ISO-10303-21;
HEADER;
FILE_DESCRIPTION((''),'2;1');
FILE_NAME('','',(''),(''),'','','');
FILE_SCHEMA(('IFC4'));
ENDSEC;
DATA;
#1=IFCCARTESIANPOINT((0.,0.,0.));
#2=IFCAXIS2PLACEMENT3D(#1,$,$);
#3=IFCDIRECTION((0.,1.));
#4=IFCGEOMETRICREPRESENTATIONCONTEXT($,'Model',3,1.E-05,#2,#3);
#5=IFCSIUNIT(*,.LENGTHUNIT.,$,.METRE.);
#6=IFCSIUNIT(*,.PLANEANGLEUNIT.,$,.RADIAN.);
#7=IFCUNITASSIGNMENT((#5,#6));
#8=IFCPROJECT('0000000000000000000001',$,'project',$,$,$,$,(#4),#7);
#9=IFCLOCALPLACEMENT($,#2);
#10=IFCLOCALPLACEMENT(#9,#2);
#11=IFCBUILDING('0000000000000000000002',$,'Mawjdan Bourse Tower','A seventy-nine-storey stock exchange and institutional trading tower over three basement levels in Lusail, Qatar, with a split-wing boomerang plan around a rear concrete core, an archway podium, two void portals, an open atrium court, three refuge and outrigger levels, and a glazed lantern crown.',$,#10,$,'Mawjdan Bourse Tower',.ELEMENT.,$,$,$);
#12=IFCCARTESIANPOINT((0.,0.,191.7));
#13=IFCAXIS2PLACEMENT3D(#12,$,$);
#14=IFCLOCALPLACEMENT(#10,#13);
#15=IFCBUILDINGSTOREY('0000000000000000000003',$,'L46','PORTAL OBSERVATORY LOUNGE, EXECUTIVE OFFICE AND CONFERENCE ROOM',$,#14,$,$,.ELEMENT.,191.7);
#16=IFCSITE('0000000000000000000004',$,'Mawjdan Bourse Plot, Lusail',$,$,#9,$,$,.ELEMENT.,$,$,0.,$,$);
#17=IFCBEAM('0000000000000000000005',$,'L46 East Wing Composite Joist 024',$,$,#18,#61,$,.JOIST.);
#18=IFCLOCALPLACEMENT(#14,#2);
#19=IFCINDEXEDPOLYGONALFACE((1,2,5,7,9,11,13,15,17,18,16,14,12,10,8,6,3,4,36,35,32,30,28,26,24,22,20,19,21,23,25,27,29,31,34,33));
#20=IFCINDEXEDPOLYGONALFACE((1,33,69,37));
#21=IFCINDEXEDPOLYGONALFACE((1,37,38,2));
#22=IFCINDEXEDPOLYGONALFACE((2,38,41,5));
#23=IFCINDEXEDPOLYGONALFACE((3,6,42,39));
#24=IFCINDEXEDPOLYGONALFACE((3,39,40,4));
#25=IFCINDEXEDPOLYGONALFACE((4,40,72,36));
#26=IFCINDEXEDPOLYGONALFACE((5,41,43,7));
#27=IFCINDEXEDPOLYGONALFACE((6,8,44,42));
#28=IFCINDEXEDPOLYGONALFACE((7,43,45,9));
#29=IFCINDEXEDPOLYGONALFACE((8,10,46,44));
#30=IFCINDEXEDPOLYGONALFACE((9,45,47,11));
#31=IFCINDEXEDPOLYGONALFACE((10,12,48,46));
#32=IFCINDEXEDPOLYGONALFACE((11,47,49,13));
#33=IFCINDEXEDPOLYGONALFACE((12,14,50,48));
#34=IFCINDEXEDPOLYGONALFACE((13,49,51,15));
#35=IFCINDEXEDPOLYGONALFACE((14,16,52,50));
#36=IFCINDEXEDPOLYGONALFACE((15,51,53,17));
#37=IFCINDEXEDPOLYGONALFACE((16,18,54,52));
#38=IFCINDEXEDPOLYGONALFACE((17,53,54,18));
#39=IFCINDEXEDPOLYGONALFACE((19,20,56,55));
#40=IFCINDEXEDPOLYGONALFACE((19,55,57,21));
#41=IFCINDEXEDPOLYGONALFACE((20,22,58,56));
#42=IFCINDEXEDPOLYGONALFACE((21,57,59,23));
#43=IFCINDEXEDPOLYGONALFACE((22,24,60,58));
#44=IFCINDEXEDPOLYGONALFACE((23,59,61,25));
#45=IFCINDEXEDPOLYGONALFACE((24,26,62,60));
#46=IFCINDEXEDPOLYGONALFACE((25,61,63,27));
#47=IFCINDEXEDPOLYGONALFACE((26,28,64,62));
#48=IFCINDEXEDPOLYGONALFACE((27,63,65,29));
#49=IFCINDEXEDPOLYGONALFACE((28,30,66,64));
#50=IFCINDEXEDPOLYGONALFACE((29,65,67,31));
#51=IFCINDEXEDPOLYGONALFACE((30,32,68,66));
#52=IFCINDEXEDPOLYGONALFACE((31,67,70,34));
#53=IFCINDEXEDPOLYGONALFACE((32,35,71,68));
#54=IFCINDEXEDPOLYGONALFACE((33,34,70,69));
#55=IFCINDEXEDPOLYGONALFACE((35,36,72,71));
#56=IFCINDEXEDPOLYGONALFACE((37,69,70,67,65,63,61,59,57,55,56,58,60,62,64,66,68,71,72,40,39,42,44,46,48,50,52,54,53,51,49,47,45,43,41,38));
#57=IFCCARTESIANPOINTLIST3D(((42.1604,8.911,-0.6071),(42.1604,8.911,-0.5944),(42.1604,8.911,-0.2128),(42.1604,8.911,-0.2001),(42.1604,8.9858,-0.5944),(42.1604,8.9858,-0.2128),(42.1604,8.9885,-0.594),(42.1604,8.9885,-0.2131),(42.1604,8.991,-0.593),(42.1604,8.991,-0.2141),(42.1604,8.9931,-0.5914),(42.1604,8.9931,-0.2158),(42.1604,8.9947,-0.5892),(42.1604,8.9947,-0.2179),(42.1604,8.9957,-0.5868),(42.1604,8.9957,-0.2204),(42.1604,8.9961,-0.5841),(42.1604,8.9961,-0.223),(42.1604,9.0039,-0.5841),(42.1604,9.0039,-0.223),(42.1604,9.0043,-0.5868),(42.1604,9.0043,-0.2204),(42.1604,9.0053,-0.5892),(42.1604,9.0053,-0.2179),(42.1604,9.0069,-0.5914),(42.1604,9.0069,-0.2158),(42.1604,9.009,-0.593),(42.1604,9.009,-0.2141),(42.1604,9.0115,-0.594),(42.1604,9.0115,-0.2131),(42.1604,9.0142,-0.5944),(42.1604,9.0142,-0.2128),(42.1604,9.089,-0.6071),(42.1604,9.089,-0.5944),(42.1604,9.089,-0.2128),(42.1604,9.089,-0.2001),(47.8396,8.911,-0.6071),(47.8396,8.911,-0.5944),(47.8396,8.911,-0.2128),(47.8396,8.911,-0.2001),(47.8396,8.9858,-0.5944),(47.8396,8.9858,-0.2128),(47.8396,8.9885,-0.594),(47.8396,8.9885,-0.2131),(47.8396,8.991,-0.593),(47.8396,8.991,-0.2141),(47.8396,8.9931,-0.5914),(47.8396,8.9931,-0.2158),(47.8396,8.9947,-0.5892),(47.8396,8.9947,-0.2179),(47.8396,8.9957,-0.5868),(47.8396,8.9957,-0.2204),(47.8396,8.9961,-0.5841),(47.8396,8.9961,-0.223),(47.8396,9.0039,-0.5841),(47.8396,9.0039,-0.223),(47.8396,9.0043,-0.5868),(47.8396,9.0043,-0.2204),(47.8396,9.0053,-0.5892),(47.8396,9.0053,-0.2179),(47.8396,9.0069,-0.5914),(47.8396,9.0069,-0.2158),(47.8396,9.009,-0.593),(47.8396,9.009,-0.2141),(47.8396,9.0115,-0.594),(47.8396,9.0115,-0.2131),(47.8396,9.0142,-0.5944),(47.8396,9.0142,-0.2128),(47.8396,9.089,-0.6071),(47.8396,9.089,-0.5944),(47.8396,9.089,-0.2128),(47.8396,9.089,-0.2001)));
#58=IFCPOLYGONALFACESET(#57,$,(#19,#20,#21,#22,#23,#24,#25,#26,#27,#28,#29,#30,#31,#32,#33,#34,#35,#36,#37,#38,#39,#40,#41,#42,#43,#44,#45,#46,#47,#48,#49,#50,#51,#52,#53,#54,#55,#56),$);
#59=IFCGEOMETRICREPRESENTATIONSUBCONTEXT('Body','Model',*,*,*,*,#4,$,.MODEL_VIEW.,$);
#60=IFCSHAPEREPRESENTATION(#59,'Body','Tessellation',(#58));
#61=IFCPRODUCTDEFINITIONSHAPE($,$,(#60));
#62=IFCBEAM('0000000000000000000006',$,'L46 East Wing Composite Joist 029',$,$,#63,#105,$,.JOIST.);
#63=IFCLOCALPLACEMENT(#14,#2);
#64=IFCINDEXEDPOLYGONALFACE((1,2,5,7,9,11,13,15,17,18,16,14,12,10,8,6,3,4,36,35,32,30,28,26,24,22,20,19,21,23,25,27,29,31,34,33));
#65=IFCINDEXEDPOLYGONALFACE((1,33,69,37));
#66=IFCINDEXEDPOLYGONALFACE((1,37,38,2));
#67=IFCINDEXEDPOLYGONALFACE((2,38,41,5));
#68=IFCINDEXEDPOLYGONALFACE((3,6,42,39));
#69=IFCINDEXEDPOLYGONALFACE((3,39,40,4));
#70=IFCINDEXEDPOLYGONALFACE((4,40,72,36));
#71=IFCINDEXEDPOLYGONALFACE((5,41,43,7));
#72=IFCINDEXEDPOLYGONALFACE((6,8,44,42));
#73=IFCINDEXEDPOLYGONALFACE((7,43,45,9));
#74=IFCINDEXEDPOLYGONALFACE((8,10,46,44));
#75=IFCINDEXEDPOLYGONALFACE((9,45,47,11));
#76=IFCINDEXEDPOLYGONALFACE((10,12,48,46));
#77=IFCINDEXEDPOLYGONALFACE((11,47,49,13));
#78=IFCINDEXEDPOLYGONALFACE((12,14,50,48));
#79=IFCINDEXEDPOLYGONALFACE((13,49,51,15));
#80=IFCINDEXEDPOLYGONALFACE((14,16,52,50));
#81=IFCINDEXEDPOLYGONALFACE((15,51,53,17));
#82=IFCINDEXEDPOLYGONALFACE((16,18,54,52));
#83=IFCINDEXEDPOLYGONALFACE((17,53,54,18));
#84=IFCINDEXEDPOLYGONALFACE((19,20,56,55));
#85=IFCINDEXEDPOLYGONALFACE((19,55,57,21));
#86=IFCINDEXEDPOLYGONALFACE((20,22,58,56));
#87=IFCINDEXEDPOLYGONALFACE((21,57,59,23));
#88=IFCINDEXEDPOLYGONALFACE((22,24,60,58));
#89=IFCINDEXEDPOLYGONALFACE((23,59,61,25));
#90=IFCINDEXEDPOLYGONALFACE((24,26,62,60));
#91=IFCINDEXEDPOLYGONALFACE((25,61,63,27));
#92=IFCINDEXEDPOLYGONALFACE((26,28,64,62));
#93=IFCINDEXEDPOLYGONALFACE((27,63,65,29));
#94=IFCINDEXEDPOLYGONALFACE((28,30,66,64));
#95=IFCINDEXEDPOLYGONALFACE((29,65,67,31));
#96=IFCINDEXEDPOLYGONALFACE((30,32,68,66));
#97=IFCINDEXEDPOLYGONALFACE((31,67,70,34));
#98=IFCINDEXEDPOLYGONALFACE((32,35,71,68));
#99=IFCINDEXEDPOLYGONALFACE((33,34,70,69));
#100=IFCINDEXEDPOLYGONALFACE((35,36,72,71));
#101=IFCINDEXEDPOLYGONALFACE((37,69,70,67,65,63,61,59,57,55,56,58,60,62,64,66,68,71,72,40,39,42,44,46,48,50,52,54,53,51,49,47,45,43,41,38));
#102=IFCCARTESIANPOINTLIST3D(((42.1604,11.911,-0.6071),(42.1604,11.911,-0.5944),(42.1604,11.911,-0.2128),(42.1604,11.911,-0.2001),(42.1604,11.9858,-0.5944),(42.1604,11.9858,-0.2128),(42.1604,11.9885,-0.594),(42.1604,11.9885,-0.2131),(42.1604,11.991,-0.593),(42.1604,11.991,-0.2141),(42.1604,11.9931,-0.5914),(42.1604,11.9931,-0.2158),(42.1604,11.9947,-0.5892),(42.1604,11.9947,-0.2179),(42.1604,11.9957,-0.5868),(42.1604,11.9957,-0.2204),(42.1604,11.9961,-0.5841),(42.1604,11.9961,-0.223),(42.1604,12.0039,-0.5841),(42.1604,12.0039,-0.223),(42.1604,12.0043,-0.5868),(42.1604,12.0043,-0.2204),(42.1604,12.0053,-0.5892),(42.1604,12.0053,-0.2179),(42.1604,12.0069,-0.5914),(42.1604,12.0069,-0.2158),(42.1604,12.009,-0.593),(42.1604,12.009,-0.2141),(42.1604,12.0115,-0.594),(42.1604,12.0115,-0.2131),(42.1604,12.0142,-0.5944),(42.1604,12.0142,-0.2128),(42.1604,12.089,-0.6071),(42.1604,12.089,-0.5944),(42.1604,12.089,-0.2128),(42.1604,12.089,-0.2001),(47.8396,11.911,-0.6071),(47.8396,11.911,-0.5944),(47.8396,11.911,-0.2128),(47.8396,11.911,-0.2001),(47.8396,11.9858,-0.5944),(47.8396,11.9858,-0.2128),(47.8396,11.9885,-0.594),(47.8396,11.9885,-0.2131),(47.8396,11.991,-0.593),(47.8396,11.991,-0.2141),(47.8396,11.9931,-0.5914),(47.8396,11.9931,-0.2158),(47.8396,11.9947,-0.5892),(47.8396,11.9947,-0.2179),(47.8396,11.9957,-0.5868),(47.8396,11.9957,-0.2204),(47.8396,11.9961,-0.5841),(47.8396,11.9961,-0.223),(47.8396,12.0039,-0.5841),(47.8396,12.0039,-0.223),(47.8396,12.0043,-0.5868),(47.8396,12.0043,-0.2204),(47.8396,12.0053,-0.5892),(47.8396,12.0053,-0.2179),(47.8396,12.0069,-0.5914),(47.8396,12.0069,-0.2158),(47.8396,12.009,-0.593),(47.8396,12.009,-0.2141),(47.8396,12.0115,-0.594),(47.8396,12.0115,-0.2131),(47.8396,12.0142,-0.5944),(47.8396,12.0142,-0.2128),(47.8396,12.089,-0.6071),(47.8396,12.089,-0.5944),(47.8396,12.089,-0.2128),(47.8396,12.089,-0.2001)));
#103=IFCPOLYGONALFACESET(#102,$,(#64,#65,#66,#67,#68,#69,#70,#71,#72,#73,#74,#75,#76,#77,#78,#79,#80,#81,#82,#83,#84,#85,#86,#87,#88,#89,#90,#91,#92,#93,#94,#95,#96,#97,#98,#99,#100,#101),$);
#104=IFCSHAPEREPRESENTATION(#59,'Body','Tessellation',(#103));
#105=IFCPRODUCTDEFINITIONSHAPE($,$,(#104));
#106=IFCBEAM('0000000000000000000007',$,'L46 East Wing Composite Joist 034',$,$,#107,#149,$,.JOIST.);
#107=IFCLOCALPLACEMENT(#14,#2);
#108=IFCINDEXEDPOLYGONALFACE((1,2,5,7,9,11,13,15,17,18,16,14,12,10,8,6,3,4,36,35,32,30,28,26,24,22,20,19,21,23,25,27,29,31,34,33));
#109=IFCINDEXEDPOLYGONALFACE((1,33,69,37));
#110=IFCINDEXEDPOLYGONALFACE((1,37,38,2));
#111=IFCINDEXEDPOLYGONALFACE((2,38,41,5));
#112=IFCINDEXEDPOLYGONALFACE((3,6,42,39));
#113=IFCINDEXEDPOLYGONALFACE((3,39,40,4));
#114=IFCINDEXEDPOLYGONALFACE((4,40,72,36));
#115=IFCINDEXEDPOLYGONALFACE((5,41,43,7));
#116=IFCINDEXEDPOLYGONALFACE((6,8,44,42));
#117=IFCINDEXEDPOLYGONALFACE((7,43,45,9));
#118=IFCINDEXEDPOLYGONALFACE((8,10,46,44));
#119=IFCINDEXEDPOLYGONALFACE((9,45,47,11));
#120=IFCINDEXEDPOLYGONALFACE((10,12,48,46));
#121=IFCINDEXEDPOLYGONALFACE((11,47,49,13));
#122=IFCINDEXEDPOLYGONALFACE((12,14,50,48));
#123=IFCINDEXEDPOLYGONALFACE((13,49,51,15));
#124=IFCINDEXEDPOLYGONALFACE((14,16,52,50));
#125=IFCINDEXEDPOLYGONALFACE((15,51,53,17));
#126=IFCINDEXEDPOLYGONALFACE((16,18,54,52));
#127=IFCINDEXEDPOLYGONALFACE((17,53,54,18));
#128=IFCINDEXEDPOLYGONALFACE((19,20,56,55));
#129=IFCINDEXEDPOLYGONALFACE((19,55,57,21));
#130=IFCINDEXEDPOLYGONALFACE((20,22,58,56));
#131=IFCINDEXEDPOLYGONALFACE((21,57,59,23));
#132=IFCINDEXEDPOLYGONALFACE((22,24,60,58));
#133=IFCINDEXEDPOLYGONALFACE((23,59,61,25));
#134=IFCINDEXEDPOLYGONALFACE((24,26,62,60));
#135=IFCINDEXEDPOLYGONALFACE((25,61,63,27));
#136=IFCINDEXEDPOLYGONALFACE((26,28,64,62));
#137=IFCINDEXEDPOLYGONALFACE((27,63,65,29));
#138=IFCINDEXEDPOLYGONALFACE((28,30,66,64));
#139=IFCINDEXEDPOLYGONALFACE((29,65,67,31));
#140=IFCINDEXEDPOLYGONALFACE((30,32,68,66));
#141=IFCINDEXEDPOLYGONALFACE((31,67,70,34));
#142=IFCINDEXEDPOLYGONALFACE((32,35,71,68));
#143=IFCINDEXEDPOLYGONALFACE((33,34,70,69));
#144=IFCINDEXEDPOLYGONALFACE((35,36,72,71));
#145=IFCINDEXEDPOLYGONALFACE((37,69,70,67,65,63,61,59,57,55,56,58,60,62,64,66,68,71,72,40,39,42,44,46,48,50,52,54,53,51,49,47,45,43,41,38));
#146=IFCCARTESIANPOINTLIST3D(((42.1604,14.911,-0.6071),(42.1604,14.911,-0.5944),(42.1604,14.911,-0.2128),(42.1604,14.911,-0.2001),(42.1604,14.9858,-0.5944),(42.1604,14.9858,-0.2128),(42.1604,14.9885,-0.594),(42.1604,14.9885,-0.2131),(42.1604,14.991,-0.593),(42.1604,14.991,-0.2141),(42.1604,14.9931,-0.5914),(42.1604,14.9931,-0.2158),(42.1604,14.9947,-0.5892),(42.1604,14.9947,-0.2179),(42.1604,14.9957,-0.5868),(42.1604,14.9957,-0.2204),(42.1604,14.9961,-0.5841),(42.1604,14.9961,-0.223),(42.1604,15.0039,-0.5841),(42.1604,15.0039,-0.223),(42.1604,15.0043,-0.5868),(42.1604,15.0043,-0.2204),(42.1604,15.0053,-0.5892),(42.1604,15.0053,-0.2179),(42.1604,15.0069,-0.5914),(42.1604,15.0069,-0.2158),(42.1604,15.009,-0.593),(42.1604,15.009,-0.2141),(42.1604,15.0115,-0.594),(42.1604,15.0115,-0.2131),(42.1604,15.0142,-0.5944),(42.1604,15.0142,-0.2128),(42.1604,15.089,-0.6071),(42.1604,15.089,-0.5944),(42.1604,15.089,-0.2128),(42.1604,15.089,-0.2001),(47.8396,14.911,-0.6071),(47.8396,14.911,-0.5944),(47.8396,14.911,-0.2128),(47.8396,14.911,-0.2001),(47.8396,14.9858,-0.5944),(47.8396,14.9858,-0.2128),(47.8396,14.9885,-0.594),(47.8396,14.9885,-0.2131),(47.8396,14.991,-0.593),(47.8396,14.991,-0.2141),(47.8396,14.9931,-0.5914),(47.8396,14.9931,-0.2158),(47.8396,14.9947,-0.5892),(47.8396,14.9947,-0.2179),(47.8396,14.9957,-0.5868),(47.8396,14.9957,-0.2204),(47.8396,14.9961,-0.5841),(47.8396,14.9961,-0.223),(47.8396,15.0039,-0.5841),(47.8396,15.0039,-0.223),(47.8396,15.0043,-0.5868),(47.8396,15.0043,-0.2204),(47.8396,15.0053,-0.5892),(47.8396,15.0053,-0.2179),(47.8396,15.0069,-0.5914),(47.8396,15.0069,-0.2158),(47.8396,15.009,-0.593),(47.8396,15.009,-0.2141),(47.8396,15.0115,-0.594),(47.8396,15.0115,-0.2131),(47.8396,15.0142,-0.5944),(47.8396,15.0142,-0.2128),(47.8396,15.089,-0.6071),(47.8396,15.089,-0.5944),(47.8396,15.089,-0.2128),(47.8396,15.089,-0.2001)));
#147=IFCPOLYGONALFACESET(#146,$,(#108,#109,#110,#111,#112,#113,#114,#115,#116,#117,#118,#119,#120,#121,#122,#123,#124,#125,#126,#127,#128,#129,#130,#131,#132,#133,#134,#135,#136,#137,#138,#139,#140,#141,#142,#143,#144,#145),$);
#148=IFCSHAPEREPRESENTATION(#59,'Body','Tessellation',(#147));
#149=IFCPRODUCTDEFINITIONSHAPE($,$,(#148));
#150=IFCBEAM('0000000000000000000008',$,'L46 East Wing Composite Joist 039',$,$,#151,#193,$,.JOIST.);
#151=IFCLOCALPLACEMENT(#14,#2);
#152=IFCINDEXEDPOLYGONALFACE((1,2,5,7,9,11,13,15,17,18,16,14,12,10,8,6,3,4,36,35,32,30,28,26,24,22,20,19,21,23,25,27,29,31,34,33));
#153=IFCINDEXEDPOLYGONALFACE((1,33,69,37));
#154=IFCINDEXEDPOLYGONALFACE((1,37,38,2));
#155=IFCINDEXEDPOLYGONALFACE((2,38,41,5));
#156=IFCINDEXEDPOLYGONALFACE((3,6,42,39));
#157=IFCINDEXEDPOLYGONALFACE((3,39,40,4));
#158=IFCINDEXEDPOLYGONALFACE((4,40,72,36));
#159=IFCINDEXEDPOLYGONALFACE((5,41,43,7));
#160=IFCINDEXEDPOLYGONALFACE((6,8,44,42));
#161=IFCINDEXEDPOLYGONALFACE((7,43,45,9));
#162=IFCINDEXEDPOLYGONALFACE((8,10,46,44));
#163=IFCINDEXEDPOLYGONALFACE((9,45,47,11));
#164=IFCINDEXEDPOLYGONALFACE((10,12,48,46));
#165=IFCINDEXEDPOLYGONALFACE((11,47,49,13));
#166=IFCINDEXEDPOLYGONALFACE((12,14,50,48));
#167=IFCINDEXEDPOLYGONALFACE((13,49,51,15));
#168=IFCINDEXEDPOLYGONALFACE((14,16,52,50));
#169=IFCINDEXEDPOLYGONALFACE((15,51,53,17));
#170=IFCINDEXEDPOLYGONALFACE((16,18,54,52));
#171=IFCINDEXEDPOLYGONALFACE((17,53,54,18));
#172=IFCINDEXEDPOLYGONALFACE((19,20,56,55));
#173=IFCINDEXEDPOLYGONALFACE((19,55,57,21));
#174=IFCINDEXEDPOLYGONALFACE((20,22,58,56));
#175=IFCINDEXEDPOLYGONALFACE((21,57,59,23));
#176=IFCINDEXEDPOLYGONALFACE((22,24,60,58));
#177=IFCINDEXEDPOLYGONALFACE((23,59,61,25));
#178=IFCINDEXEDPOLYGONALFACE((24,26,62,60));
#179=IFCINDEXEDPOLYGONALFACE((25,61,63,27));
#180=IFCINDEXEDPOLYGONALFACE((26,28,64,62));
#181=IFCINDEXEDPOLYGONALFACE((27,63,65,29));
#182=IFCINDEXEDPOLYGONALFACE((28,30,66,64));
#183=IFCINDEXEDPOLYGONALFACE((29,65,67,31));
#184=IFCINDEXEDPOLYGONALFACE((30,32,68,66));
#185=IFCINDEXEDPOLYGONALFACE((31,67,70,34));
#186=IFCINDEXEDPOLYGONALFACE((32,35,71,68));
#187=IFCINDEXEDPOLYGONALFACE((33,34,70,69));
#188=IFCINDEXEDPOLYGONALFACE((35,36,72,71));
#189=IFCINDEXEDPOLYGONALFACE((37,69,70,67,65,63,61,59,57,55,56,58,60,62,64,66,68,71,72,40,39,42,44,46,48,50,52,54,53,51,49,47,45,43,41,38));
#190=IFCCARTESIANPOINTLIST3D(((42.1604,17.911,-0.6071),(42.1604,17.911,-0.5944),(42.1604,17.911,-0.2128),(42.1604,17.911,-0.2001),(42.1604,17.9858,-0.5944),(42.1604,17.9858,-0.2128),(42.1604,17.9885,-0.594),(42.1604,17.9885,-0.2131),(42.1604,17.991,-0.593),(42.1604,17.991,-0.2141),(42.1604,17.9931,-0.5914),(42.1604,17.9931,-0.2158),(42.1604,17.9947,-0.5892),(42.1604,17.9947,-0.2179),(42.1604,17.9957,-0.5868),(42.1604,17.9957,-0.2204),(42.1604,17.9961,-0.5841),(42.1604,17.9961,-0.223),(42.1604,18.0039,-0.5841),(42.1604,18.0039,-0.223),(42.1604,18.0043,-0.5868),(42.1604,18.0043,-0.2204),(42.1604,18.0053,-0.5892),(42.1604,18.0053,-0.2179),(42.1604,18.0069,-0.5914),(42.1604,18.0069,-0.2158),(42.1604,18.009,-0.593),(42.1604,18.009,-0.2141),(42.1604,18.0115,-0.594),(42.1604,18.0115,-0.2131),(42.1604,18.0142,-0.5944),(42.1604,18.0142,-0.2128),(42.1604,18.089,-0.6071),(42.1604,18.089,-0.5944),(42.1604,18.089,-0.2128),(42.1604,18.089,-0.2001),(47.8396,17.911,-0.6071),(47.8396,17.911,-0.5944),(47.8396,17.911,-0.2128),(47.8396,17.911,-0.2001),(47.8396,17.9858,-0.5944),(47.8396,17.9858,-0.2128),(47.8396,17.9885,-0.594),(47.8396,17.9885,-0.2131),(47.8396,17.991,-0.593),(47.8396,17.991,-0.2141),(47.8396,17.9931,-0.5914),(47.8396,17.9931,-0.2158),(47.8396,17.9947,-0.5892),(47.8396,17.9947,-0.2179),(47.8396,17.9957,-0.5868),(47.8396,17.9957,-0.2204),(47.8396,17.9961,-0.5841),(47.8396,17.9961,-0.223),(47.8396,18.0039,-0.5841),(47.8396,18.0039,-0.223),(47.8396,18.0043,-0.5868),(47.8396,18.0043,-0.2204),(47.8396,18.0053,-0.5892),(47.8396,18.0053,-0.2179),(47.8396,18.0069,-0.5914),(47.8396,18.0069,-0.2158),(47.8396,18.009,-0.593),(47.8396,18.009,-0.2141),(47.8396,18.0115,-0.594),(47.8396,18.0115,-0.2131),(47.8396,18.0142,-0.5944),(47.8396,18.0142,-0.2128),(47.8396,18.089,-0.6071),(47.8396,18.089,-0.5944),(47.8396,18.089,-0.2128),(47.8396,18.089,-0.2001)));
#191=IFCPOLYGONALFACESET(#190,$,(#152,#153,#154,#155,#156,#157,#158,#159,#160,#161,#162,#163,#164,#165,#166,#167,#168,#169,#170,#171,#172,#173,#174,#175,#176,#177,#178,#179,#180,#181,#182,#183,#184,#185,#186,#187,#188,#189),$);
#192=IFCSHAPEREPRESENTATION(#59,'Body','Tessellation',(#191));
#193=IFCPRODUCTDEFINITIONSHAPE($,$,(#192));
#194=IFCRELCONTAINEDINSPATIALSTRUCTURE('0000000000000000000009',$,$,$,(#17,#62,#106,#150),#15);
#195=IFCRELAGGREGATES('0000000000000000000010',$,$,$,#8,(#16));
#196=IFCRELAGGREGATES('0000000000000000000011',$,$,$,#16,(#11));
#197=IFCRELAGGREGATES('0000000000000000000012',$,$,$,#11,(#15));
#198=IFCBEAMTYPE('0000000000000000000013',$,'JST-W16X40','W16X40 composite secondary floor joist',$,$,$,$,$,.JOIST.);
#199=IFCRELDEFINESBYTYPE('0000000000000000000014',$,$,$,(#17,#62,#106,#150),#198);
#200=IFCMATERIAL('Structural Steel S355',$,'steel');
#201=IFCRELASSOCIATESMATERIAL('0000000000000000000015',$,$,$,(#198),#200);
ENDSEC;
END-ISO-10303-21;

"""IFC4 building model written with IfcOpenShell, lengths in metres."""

from ifc_helpers import new_model, si_unit, direction, frame, origin, origin_2d, place, context, subcontext, project, spatial, i_section, extrude, material, material_profile, profile_set, type_object, element, save


model = new_model("IFC4")

# Units and contexts
model_context = context("Model", 3, precision=1e-05, world=origin(), true_north=direction((0.0, 1.0)))
body_context = subcontext(model_context, "Body", "Model", "MODEL_VIEW")
ifc_project = project(units=[si_unit("LENGTHUNIT", "METRE"), si_unit("PLANEANGLEUNIT", "RADIAN")], contexts=[model_context])

# Site, building, storey
site_placement = place(None, origin())
site = spatial("IfcSite", under=ifc_project, at=site_placement, Name="Mawjdan Bourse Plot, Lusail", CompositionType="ELEMENT", RefElevation=0.0)
building_placement = place(site_placement, origin())
building = spatial("IfcBuilding", under=site, at=building_placement, Name="Mawjdan Bourse Tower", Description="A seventy-nine-storey stock exchange and institutional trading tower over three basement levels in Lusail, Qatar, with a split-wing boomerang plan around a rear concrete core, an archway podium, two void portals, an open atrium court, three refuge and outrigger levels, and a glazed lantern crown.", LongName="Mawjdan Bourse Tower", CompositionType="ELEMENT")
storey_placement = place(building_placement, frame((0.0, 0.0, 191.7)))
storey = spatial("IfcBuildingStorey", under=building, at=storey_placement, Name="L46", Description="PORTAL OBSERVATORY LOUNGE, EXECUTIVE OFFICE AND CONFERENCE ROOM", CompositionType="ELEMENT", Elevation=191.7)

# Beams
ifc_material_1 = material(Name="Structural Steel S355", Category="steel")
ifc_material_profile_1 = material_profile(ifc_material_1, i_section(OverallWidth=0.178, OverallDepth=0.407, WebThickness=0.0078, FlangeThickness=0.0127, FilletRadius=0.0103, at=origin_2d()), Name="W16X40")
ifc_profile_set_1 = profile_set([ifc_material_profile_1], Name="Structural Steel S355")
beam_type_1 = type_object("IfcBeamType", Name="JST-W16X40", Description="W16X40 composite secondary floor joist", PredefinedType="JOIST", material=ifc_profile_set_1)
for number, where, z_axis, x_axis, name in (
    (1, (42.1604, 9.0, -0.4036), (1.0, 0.0, 0.0), (0.0, 1.0, 0.0), "L46 East Wing Composite Joist 024"),
    (2, (42.1604, 12.0, -0.4036), (1.0, 0.0, 0.0), (0.0, 1.0, 0.0), "L46 East Wing Composite Joist 029"),
    (3, (42.1604, 15.0, -0.4036), (1.0, 0.0, 0.0), (0.0, 1.0, 0.0), "L46 East Wing Composite Joist 034"),
    (4, (42.1604, 18.0, -0.4036), (1.0, 0.0, 0.0), (0.0, 1.0, 0.0), "L46 East Wing Composite Joist 039"),
):
    element("IfcBeam", number, at=place(storey_placement, frame(where, z_axis=z_axis, x_axis=x_axis)), inside=storey, type_object=beam_type_1, Name=name, PredefinedType="JOIST", context=body_context, shape_type="SweptSolid", body=[
        extrude(i_section(OverallWidth=0.178, OverallDepth=0.407, WebThickness=0.0078, FlangeThickness=0.0127, FilletRadius=0.0103, at=origin_2d()), origin(), (0.0, 0.0, 1.0), 5.6792),
    ])

save(model, "model.ifc")
